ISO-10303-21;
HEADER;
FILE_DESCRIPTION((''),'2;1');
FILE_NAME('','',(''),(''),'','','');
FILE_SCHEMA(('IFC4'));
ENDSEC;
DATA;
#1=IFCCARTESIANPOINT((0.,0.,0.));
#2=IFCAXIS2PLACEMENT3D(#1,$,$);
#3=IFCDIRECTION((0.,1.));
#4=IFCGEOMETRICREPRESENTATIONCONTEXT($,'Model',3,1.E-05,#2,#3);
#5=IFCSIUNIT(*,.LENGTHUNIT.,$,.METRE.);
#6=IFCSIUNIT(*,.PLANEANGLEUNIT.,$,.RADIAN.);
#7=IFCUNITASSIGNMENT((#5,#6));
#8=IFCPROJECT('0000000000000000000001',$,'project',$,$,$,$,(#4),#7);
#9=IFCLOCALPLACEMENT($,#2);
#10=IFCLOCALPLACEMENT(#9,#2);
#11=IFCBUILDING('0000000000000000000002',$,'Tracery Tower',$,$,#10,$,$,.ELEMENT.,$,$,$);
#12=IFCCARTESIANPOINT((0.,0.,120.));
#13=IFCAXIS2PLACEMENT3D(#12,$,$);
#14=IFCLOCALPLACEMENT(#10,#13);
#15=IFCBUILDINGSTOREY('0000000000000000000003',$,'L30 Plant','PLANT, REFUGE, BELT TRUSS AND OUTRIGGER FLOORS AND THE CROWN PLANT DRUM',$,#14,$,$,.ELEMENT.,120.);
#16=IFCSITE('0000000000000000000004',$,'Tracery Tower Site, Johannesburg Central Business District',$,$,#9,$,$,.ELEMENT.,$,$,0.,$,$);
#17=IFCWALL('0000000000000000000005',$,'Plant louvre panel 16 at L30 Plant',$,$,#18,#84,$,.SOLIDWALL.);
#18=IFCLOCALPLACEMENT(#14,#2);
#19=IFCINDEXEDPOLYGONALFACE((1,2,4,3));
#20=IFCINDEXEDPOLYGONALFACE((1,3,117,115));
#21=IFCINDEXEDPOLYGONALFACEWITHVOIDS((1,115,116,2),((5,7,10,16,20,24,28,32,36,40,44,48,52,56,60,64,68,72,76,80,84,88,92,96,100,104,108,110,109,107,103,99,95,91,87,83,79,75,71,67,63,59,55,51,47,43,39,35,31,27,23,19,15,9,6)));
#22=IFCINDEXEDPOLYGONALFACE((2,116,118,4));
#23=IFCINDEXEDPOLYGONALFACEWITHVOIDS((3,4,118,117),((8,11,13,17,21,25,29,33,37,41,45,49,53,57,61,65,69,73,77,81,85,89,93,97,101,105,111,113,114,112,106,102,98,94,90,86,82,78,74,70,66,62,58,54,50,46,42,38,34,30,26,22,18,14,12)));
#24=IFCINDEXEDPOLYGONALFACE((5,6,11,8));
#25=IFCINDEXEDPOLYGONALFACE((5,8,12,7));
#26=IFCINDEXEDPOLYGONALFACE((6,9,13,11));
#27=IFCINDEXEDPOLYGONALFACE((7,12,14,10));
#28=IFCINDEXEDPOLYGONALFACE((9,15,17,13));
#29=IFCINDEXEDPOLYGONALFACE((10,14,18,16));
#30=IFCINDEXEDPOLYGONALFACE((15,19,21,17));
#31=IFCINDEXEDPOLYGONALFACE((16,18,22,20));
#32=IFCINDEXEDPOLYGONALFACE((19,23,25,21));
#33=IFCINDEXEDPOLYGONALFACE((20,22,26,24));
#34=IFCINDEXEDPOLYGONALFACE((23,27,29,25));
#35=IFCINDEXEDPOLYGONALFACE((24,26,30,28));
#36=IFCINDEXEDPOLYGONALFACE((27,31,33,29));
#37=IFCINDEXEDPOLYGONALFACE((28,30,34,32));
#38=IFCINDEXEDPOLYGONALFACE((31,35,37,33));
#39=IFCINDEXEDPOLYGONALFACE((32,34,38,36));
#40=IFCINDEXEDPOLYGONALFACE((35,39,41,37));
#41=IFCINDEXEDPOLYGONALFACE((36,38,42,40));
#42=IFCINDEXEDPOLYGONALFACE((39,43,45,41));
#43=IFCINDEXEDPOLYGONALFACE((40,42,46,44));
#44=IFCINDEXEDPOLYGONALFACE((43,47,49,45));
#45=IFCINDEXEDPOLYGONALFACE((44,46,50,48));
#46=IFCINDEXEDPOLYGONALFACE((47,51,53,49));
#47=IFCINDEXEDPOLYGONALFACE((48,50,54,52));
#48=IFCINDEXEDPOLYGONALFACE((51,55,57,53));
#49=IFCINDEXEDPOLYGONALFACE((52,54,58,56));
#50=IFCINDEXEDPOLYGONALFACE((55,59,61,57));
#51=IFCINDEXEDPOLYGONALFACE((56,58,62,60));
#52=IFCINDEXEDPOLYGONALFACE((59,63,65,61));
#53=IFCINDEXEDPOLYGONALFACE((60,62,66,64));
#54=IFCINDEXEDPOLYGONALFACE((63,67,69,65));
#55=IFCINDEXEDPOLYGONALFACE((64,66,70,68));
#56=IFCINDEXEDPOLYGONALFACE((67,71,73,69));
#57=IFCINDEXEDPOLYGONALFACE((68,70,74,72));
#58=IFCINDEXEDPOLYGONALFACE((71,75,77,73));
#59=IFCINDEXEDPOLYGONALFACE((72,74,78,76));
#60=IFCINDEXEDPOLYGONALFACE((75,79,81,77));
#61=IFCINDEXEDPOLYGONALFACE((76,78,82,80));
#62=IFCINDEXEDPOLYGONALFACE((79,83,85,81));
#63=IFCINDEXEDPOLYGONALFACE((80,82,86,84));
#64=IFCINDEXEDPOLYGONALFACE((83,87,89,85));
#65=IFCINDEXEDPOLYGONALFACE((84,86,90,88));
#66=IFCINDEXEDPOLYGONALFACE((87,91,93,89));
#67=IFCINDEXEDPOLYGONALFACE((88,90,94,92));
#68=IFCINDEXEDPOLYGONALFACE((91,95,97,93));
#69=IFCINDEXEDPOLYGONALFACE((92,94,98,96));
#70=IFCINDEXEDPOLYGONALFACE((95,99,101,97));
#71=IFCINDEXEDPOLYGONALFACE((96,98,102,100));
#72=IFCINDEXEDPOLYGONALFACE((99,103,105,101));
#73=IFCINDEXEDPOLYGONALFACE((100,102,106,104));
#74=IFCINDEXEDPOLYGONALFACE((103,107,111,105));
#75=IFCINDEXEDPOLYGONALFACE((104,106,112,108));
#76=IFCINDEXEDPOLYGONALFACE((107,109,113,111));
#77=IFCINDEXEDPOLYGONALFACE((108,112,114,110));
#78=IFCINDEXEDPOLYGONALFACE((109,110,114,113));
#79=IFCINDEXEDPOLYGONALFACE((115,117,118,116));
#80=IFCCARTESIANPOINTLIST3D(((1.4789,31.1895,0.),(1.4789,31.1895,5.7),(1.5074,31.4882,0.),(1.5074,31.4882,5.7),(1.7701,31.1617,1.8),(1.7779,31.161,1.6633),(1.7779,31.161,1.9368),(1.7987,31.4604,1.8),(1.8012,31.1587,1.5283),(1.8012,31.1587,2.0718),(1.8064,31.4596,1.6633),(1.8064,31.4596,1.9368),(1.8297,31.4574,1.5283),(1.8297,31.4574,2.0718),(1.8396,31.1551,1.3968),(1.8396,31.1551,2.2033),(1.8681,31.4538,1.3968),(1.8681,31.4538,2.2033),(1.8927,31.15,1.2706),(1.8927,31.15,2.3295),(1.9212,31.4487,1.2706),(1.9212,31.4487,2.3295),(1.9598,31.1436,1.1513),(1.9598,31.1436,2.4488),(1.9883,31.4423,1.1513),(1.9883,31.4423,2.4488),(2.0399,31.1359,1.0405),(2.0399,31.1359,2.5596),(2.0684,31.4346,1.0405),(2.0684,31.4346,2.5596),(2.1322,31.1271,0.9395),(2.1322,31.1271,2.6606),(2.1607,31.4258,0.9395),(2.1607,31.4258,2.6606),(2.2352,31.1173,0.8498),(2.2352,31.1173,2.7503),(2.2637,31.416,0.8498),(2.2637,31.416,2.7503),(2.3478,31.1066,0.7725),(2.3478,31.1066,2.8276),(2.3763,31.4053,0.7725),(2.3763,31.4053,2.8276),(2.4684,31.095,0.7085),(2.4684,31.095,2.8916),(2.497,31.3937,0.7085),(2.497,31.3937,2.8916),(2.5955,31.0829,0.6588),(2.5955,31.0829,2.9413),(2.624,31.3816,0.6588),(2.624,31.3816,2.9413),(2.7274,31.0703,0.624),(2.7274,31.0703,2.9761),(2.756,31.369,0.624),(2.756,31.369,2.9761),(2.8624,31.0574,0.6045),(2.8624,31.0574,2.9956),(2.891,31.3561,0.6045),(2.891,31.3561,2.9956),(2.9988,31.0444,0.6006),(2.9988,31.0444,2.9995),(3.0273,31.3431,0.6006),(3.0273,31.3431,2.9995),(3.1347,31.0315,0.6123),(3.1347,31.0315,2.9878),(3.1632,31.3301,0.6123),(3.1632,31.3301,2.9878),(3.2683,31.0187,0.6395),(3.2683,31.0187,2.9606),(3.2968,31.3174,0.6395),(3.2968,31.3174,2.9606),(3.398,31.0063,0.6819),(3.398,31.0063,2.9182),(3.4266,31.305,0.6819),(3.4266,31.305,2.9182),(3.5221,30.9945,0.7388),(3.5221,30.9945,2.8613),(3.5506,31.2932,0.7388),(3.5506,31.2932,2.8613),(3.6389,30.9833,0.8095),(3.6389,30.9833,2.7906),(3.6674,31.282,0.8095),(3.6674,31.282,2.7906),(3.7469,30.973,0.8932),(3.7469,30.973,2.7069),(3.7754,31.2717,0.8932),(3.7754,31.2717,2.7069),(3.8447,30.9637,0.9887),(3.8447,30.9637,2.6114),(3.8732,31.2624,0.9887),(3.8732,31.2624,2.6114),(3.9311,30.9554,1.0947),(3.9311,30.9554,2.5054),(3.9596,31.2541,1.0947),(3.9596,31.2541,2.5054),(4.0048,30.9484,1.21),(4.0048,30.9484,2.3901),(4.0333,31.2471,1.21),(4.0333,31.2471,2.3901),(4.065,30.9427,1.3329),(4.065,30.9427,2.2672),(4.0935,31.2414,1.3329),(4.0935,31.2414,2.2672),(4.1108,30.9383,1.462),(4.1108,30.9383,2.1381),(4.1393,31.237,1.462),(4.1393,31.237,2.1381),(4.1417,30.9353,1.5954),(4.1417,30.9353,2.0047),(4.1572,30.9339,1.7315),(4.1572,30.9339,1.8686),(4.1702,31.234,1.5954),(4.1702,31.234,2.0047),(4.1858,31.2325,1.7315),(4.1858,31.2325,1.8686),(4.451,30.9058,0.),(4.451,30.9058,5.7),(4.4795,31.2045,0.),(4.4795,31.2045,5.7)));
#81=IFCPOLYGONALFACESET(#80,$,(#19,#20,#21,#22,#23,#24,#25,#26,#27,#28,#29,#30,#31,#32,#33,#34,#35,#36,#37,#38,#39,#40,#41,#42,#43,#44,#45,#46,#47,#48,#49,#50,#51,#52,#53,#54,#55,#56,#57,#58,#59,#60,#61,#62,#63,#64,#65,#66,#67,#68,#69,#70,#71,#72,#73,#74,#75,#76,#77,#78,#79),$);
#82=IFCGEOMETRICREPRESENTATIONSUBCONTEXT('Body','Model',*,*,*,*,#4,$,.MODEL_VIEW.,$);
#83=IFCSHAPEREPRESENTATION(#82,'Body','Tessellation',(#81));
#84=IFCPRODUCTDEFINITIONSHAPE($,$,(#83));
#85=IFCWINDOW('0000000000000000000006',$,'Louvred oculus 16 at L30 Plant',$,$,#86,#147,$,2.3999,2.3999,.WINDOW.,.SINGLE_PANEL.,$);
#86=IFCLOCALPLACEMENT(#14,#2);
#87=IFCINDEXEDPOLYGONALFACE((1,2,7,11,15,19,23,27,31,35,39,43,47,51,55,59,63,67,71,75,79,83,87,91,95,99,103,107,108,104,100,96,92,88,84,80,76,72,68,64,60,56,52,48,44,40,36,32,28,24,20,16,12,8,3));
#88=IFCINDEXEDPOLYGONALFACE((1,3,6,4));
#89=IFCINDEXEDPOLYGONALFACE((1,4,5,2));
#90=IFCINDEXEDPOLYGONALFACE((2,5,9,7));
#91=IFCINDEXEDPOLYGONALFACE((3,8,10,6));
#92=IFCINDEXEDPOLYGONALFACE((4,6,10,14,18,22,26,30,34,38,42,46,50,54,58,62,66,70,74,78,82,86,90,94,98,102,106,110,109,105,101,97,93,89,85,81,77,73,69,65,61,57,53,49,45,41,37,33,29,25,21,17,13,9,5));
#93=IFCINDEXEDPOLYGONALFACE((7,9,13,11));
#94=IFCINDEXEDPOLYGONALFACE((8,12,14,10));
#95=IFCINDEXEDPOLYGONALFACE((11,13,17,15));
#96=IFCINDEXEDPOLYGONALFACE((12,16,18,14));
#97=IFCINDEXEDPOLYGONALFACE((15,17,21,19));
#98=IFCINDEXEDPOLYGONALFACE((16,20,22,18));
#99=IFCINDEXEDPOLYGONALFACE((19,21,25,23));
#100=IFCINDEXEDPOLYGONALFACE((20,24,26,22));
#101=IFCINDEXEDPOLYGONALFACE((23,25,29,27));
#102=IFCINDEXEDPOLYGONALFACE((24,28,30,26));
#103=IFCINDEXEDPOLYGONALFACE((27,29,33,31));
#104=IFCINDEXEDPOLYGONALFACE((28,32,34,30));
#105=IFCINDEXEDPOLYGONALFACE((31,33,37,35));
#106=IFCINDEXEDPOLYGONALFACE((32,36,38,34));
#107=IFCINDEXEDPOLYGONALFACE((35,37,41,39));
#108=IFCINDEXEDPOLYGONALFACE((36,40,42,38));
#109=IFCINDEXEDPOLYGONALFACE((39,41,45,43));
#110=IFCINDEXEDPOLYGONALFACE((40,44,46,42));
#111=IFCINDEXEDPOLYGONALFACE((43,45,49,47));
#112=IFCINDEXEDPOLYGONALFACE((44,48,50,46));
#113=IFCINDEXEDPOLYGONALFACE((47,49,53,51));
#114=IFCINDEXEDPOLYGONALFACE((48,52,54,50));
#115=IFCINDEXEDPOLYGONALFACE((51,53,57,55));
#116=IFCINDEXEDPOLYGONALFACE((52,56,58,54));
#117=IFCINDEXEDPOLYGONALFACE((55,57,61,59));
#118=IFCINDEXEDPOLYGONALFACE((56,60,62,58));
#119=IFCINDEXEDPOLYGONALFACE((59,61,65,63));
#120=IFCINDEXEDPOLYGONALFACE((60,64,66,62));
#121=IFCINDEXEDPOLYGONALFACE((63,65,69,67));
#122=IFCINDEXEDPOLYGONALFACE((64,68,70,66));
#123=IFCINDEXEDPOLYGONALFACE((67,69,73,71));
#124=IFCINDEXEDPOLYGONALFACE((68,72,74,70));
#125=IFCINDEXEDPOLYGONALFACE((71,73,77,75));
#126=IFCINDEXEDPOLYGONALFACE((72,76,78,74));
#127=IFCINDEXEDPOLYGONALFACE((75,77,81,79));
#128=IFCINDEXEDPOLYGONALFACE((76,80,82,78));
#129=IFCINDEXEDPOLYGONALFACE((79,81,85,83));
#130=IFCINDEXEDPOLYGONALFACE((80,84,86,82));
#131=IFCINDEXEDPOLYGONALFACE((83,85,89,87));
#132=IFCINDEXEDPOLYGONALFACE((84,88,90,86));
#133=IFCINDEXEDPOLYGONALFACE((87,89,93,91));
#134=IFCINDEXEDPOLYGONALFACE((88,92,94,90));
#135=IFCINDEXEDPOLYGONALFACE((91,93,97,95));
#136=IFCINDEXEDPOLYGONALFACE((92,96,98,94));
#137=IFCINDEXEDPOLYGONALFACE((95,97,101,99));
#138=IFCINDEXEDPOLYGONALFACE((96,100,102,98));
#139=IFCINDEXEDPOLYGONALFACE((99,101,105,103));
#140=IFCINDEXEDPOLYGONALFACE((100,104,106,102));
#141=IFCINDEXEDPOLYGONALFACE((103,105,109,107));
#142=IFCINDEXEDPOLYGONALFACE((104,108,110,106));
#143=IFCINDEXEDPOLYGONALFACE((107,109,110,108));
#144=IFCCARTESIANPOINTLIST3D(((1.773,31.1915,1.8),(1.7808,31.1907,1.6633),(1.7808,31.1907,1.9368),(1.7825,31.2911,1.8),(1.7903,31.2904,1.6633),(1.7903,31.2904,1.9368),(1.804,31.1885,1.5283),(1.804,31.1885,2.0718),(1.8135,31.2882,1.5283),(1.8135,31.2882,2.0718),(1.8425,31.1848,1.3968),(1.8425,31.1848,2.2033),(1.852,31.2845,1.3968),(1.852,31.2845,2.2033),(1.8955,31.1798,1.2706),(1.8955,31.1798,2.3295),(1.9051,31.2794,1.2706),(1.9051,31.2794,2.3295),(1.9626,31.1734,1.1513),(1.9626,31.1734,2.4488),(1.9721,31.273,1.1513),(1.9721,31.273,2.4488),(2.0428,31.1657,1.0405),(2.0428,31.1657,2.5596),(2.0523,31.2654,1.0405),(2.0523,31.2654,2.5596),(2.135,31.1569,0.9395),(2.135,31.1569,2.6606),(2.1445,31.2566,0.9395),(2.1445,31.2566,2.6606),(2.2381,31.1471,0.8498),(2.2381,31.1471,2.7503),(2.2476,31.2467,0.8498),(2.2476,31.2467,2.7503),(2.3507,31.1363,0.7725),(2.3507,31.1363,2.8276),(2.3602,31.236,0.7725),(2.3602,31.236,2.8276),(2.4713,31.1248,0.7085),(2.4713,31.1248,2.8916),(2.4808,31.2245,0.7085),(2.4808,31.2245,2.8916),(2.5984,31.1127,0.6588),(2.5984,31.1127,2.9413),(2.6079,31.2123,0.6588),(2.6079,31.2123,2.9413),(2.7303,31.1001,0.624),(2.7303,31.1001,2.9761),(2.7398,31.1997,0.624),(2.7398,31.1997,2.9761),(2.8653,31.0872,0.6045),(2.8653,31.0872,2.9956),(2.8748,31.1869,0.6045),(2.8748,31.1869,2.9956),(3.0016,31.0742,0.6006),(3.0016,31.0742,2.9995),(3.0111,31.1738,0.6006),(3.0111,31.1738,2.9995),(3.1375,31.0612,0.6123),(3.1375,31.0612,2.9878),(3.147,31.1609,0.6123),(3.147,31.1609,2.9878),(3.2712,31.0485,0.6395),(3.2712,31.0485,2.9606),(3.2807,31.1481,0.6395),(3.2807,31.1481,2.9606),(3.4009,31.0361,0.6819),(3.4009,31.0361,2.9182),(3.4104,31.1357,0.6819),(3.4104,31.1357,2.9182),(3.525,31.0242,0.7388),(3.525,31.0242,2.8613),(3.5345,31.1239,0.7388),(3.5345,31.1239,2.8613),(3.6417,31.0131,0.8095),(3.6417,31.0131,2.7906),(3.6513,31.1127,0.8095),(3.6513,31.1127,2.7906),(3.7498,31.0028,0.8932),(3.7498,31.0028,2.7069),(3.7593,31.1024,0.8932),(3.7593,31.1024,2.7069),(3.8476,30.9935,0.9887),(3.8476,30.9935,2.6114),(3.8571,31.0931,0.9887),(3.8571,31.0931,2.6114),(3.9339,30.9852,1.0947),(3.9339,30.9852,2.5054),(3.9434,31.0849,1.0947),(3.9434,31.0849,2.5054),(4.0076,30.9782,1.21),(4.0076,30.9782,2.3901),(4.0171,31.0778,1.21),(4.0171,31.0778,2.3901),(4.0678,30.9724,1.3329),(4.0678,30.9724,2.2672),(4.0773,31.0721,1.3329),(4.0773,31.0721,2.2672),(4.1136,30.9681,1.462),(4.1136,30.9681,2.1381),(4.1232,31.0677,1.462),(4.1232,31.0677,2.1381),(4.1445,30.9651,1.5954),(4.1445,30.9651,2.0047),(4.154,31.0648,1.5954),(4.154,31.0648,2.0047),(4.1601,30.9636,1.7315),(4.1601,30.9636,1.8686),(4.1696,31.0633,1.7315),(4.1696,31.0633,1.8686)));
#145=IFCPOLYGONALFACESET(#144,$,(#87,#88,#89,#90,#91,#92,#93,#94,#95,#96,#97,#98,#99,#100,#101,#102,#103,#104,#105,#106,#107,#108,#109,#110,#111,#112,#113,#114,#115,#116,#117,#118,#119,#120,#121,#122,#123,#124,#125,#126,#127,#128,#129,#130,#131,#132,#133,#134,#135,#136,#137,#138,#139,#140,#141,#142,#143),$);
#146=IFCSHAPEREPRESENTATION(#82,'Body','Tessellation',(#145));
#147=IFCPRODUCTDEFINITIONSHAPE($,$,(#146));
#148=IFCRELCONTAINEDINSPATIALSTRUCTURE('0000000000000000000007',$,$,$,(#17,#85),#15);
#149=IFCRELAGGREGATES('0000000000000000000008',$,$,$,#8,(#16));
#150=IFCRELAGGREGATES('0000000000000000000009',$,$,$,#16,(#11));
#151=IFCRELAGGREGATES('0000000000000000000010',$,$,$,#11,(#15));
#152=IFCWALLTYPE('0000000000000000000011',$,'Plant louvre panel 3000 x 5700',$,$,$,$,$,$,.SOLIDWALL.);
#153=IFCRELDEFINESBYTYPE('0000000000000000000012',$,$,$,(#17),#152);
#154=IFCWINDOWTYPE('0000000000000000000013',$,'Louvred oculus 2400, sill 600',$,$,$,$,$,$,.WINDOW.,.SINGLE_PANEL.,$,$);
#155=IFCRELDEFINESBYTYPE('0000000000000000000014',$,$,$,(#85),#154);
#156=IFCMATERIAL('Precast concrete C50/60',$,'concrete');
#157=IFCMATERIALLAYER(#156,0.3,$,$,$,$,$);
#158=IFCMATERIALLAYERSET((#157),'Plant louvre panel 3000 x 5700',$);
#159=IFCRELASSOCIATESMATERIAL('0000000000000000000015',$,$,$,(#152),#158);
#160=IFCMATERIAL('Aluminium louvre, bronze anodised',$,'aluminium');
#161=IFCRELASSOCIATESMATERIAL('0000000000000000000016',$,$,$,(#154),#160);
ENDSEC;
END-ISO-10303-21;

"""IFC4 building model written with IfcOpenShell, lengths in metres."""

from ifc_helpers import new_model, si_unit, direction, frame, frame_2d, origin, origin_2d, place, context, subcontext, project, spatial, rectangle, circle, extrude, material, layer, layer_set, type_object, element, fill, save


model = new_model("IFC4")

# Units and contexts
model_context = context("Model", 3, precision=1e-05, world=origin(), true_north=direction((0.0, 1.0)))
body_context = subcontext(model_context, "Body", "Model", "MODEL_VIEW")
ifc_project = project(units=[si_unit("LENGTHUNIT", "METRE"), si_unit("PLANEANGLEUNIT", "RADIAN")], contexts=[model_context])

# Site, building, storey
site_placement = place(None, origin())
site = spatial("IfcSite", under=ifc_project, at=site_placement, Name="Tracery Tower Site, Johannesburg Central Business District", CompositionType="ELEMENT", RefElevation=0.0)
building_placement = place(site_placement, origin())
building = spatial("IfcBuilding", under=site, at=building_placement, Name="Tracery Tower", CompositionType="ELEMENT")
storey_placement = place(building_placement, frame((0.0, 0.0, 120.0)))
storey = spatial("IfcBuildingStorey", under=building, at=storey_placement, Name="L30 Plant", Description="PLANT, REFUGE, BELT TRUSS AND OUTRIGGER FLOORS AND THE CROWN PLANT DRUM", CompositionType="ELEMENT", Elevation=120.0)

# Wall, opening, window
ifc_material_1 = material(Name="Precast concrete C50/60", Category="concrete")
ifc_layer_1 = layer(ifc_material_1, 0.3)
ifc_layer_set_1 = layer_set([ifc_layer_1], Name="Plant louvre panel 3000 x 5700")
wall_type_1 = type_object("IfcWallType", Name="Plant louvre panel 3000 x 5700", PredefinedType="SOLIDWALL", material=ifc_layer_set_1)
ifc_material_2 = material(Name="Aluminium louvre, bronze anodised", Category="aluminium")
window_type = type_object("IfcWindowType", Name="Louvred oculus 2400, sill 600", PartitioningType="SINGLE_PANEL", PredefinedType="WINDOW", material=ifc_material_2)
wall_1_placement = place(storey_placement, frame((4.4651, 31.0552, 0.0), z_axis=(0.0, 0.0, 1.0), x_axis=(-0.995476, 0.095017, 0.0)))
wall_1 = element("IfcWall", 1, at=wall_1_placement, inside=storey, type_object=wall_type_1, Name="Plant louvre panel 16 at L30 Plant", PredefinedType="SOLIDWALL", context=body_context, shape_type="SweptSolid", body=[
    extrude(rectangle(XDim=2.9856, YDim=0.3, at=frame_2d((1.4927, 0.0))), origin(), (0.0, 0.0, 1.0), 5.7),
])
opening_1_placement = place(wall_1_placement, frame((1.4929, 0.0, 1.8)))
opening_1 = element("IfcOpeningElement", 2, at=opening_1_placement, cuts=wall_1, PredefinedType="OPENING", context=body_context, shape_type="SweptSolid", body=[
    extrude(circle(Radius=1.2, at=origin_2d()), frame((0.0, 0.1599, 0.0), z_axis=(0.0, -1.0, 0.0), x_axis=(1.0, 0.0, 0.0)), (0.0, 0.0, 1.0), 0.3201),
])
window_1_placement = place(opening_1_placement, origin())
window_1 = element("IfcWindow", 3, at=window_1_placement, inside=storey, type_object=window_type, Name="Louvred oculus 16 at L30 Plant", OverallHeight=2.3999, OverallWidth=2.3999, PartitioningType="SINGLE_PANEL", PredefinedType="WINDOW", context=body_context, shape_type="SweptSolid", body=[
    extrude(circle(Radius=1.2, at=origin_2d()), frame((0.0, 0.1201, 0.0), z_axis=(0.0, -1.0, 0.0), x_axis=(1.0, 0.0, 0.0)), (0.0, 0.0, 1.0), 0.1001),
])
fill(opening_1, window_1)

save(model, "model.ifc")
